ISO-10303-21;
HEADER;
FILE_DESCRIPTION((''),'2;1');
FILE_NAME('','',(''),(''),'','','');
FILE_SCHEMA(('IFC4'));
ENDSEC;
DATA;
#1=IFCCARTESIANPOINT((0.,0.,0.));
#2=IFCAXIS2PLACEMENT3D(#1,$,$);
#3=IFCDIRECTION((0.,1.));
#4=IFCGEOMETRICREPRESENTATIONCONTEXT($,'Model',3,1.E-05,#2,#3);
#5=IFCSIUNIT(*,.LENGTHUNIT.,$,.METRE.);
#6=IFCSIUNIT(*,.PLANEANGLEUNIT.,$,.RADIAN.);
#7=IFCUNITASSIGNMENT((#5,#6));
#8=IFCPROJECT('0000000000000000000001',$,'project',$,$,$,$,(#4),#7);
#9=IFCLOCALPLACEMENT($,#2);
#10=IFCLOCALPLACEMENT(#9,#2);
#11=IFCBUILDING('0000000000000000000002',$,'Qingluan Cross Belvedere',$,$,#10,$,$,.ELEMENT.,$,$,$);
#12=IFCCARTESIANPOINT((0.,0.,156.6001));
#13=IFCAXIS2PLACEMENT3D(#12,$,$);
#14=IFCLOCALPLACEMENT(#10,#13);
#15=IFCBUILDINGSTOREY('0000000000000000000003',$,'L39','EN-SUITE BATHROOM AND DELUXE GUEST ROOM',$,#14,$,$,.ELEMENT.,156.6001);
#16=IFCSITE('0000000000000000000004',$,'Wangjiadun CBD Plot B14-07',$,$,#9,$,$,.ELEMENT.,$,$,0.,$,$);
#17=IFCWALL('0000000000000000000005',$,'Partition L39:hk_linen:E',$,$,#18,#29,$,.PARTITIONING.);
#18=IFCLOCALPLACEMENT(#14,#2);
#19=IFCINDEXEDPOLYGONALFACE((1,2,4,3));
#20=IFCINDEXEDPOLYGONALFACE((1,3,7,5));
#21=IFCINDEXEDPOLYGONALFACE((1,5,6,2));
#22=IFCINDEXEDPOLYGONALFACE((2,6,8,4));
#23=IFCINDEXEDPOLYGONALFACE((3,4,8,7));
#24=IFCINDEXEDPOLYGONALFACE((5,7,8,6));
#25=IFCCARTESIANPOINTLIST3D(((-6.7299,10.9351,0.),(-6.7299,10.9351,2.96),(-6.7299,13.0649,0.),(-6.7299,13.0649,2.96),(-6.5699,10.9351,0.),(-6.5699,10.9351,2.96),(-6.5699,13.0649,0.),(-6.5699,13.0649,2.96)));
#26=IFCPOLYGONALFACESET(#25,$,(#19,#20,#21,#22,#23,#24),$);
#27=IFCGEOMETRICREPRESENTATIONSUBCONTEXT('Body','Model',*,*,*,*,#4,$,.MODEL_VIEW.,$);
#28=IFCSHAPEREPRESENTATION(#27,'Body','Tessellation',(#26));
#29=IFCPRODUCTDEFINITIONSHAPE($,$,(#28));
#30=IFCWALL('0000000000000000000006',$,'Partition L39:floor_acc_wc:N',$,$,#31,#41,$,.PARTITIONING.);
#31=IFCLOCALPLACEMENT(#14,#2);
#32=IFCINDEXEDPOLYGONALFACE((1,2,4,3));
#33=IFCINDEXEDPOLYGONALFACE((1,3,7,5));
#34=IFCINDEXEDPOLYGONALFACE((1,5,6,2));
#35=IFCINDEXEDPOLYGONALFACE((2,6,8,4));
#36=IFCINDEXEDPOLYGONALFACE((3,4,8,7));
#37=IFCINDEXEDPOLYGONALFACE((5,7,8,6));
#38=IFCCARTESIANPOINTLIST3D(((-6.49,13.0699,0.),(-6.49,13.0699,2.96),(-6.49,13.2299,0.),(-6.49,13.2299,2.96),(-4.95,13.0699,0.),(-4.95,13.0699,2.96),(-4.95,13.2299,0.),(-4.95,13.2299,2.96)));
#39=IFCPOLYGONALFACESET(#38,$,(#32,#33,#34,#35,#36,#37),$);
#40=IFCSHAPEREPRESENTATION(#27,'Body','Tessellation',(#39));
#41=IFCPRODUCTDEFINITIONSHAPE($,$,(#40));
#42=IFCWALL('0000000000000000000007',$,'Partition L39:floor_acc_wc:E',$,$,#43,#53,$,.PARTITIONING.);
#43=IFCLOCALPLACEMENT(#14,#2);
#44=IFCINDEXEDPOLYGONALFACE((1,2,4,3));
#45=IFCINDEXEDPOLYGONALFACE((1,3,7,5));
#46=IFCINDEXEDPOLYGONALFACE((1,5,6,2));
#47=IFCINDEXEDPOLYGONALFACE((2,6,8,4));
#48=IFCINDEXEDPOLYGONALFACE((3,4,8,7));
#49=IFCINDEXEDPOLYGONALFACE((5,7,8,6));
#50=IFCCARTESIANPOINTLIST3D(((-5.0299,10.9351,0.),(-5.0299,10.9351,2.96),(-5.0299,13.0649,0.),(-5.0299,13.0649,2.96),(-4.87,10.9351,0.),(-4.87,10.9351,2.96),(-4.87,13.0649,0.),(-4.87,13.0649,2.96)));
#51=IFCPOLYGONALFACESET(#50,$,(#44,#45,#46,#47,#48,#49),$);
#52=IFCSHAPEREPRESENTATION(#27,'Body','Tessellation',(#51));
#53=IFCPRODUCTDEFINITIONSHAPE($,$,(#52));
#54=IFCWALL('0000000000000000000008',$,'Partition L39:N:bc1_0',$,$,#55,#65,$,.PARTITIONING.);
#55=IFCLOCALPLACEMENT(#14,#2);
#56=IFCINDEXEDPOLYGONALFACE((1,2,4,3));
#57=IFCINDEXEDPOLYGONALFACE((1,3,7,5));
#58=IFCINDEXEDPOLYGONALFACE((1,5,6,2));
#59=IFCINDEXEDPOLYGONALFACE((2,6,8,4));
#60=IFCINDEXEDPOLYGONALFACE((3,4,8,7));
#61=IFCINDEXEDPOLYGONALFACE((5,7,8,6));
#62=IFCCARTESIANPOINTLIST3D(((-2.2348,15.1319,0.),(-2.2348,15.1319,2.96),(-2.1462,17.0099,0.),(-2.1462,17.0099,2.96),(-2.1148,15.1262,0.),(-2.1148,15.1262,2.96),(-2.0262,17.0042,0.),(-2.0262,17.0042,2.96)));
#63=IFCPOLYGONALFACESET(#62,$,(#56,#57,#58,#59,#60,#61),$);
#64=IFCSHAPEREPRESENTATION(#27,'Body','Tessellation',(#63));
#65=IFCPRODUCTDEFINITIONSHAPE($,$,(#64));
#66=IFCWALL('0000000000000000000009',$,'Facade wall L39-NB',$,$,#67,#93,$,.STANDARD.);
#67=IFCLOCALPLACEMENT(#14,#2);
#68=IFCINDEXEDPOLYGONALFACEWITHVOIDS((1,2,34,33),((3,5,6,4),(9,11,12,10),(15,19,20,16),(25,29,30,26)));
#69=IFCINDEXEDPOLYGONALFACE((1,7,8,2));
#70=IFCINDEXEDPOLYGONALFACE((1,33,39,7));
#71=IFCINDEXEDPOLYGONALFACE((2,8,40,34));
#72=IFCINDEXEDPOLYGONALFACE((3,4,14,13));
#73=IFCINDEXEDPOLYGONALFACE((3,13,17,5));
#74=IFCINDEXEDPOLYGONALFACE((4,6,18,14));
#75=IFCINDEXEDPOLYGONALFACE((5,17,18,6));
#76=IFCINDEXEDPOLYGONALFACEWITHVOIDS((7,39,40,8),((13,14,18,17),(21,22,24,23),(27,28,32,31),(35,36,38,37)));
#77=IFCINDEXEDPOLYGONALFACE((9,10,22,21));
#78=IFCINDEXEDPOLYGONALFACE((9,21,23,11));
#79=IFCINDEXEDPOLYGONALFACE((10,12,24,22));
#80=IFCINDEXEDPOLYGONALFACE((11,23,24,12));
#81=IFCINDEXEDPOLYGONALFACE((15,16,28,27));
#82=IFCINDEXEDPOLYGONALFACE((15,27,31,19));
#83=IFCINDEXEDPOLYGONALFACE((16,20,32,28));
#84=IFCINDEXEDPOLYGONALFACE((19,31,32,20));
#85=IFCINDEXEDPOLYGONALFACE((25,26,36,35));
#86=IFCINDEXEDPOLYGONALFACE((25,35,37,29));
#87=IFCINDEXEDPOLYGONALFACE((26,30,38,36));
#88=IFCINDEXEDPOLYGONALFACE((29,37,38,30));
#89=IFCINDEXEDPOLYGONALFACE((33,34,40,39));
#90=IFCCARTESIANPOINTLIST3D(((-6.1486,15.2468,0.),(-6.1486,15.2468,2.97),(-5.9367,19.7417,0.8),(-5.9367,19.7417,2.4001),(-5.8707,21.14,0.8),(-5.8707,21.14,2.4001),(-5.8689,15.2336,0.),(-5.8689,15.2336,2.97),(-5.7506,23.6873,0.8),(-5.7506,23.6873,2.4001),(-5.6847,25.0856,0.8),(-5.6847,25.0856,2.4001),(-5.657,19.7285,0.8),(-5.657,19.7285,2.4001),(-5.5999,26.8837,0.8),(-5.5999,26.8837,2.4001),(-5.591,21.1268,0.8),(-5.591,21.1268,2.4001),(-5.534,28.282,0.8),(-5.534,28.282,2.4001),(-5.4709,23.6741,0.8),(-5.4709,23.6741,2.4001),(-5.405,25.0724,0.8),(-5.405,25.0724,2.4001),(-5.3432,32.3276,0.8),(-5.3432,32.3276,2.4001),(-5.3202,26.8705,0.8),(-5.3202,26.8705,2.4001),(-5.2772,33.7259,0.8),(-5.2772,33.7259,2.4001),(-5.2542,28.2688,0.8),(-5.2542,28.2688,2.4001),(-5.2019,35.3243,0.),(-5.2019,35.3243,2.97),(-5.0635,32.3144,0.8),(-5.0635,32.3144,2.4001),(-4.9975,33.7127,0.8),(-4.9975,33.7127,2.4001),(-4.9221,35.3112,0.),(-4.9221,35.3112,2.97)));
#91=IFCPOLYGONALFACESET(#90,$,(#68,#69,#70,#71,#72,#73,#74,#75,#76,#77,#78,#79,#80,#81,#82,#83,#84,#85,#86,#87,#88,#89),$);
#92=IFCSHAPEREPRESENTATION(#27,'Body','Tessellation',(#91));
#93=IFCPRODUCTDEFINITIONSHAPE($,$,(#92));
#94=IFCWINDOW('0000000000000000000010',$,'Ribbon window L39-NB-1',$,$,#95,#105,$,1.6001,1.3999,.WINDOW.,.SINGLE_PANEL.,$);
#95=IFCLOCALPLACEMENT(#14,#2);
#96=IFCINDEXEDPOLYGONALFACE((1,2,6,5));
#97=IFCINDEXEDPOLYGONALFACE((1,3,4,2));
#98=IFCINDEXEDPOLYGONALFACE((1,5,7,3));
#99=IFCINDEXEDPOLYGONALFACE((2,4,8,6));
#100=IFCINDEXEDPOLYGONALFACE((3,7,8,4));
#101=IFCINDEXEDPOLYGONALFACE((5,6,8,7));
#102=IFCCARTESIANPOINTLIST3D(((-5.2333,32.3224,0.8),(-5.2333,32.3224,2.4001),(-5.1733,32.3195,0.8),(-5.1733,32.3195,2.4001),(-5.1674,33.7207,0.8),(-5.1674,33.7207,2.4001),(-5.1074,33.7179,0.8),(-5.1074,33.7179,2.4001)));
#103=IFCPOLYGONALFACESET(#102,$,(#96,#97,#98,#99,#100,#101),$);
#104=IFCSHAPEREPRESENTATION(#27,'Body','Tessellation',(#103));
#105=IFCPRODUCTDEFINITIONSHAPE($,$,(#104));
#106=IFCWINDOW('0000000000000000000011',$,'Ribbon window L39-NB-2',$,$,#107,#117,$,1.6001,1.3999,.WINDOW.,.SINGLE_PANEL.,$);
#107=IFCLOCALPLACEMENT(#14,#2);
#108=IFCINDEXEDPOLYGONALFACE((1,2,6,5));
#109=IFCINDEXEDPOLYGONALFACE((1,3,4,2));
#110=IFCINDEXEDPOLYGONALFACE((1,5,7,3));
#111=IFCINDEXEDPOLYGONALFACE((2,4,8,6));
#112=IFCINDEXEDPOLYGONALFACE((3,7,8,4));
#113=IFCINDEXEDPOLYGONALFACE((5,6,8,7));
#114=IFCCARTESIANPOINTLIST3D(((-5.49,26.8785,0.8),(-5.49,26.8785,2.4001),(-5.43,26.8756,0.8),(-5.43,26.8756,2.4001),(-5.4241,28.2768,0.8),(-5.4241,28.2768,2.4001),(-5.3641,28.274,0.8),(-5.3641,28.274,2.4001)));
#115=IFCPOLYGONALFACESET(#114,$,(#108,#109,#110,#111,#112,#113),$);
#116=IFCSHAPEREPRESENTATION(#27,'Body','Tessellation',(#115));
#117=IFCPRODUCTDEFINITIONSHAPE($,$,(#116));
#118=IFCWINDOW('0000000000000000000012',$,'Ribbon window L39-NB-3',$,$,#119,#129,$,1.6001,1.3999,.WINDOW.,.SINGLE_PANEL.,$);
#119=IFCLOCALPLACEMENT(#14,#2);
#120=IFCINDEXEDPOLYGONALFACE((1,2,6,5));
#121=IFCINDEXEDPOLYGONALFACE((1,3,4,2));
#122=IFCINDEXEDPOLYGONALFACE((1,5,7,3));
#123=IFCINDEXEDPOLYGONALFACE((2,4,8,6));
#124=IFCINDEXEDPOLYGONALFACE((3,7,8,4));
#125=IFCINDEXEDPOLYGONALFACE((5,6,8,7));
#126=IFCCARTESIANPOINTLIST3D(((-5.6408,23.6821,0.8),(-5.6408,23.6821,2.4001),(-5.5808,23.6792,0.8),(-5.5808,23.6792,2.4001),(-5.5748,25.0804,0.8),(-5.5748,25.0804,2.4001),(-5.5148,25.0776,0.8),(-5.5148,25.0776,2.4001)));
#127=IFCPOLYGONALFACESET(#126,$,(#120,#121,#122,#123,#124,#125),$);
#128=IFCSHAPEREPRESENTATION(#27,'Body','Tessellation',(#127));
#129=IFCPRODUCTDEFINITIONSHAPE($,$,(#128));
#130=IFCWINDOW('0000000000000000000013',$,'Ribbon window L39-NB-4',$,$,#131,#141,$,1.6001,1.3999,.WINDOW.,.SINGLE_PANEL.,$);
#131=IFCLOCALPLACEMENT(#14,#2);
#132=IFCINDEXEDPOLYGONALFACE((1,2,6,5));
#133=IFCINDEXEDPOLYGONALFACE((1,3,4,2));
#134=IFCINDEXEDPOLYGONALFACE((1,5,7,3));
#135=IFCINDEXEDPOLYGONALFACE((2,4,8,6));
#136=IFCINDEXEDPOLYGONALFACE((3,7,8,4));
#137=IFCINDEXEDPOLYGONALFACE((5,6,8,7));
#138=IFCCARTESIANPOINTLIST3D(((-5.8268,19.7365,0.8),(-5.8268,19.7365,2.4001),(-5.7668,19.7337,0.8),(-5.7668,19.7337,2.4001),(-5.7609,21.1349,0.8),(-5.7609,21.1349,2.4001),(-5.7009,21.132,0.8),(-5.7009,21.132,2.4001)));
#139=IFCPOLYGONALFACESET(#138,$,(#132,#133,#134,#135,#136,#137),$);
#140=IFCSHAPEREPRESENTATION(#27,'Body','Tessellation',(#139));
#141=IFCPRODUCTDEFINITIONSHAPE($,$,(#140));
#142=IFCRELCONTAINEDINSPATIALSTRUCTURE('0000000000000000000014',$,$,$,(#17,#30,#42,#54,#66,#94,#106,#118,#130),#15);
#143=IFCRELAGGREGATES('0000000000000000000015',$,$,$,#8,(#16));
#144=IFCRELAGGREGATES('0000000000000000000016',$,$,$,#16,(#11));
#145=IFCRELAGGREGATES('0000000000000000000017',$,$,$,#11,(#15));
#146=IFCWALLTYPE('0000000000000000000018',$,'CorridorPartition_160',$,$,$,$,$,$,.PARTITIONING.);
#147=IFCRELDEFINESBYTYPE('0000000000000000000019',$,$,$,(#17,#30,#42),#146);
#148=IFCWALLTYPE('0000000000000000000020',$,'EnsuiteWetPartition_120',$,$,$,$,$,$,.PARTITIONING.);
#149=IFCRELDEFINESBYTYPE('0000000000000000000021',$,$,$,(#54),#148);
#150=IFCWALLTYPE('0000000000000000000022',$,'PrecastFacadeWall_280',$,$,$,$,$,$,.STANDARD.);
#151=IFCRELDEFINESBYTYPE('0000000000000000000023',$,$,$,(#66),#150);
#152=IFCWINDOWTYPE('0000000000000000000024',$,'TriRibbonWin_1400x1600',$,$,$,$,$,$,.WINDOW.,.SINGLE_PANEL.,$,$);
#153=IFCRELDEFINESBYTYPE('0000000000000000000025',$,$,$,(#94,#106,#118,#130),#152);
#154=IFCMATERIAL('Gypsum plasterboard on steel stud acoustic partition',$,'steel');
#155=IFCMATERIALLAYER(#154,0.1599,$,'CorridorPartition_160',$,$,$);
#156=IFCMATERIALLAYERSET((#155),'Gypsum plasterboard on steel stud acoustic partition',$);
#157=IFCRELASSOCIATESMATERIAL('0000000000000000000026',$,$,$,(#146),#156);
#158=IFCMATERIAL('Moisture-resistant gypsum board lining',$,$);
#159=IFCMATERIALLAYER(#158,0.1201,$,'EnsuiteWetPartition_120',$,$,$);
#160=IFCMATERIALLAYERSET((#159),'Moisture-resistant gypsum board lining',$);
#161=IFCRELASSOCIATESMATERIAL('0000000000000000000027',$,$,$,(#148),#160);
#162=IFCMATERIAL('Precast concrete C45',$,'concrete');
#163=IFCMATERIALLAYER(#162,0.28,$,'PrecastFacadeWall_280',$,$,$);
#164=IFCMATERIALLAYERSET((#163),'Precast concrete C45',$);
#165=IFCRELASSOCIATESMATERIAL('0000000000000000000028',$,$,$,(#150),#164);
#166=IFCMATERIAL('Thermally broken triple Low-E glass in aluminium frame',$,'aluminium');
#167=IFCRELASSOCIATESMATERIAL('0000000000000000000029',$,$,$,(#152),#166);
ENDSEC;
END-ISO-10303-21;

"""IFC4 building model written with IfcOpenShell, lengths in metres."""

from ifc_helpers import new_model, si_unit, direction, frame, frame_2d, origin, place, context, subcontext, project, spatial, rectangle, extrude, material, layer, layer_set, type_object, element, fill, save


model = new_model("IFC4")

# Units and contexts
model_context = context("Model", 3, precision=1e-05, world=origin(), true_north=direction((0.0, 1.0)))
body_context = subcontext(model_context, "Body", "Model", "MODEL_VIEW")
ifc_project = project(units=[si_unit("LENGTHUNIT", "METRE"), si_unit("PLANEANGLEUNIT", "RADIAN")], contexts=[model_context])

# Site, building, storey
site_placement = place(None, origin())
site = spatial("IfcSite", under=ifc_project, at=site_placement, Name="Wangjiadun CBD Plot B14-07", CompositionType="ELEMENT", RefElevation=0.0)
building_placement = place(site_placement, origin())
building = spatial("IfcBuilding", under=site, at=building_placement, Name="Qingluan Cross Belvedere", CompositionType="ELEMENT")
storey_placement = place(building_placement, frame((0.0, 0.0, 156.6001)))
storey = spatial("IfcBuildingStorey", under=building, at=storey_placement, Name="L39", Description="EN-SUITE BATHROOM AND DELUXE GUEST ROOM", CompositionType="ELEMENT", Elevation=156.6001)

# Shared definitions
ifc_material_1 = material(Name="Gypsum plasterboard on steel stud acoustic partition", Category="steel")
ifc_layer_1 = layer(ifc_material_1, 0.1599, Name="CorridorPartition_160")
ifc_layer_set_1 = layer_set([ifc_layer_1], Name="Gypsum plasterboard on steel stud acoustic partition")
wall_type_1 = type_object("IfcWallType", Name="CorridorPartition_160", PredefinedType="PARTITIONING", material=ifc_layer_set_1)

# Wall
wall_1_placement = place(storey_placement, frame((-6.6499, 10.9351, 0.0), z_axis=(0.0, 0.0, 1.0), x_axis=(0.0, 1.0, 0.0)))
element("IfcWall", 1, at=wall_1_placement, inside=storey, type_object=wall_type_1, Name="Partition L39:hk_linen:E", PredefinedType="PARTITIONING", context=body_context, shape_type="SweptSolid", body=[
    extrude(rectangle(XDim=2.1299, YDim=0.1599, at=frame_2d((1.0649, 0.0))), origin(), (0.0, 0.0, 1.0), 2.96),
])

# Walls
wall_2_placement = place(storey_placement, frame((-6.49, 13.1499, 0.0), z_axis=(0.0, 0.0, 1.0), x_axis=(1.0, 0.0, 0.0)))
element("IfcWall", 2, at=wall_2_placement, inside=storey, type_object=wall_type_1, Name="Partition L39:floor_acc_wc:N", PredefinedType="PARTITIONING", context=body_context, shape_type="SweptSolid", body=[
    extrude(rectangle(XDim=1.54, YDim=0.1599, at=frame_2d((0.77, 0.0))), origin(), (0.0, 0.0, 1.0), 2.96),
])
wall_3_placement = place(storey_placement, frame((-4.95, 10.9351, 0.0), z_axis=(0.0, 0.0, 1.0), x_axis=(0.0, 1.0, 0.0)))
element("IfcWall", 3, at=wall_3_placement, inside=storey, type_object=wall_type_1, Name="Partition L39:floor_acc_wc:E", PredefinedType="PARTITIONING", context=body_context, shape_type="SweptSolid", body=[
    extrude(rectangle(XDim=2.1299, YDim=0.1599, at=frame_2d((1.0649, 0.0))), origin(), (0.0, 0.0, 1.0), 2.96),
])
ifc_material_2 = material(Name="Moisture-resistant gypsum board lining")
ifc_layer_2 = layer(ifc_material_2, 0.1201, Name="EnsuiteWetPartition_120")
ifc_layer_set_2 = layer_set([ifc_layer_2], Name="Moisture-resistant gypsum board lining")
wall_type_2 = type_object("IfcWallType", Name="EnsuiteWetPartition_120", PredefinedType="PARTITIONING", material=ifc_layer_set_2)
wall_4_placement = place(storey_placement, frame((-2.1748, 15.1292, 0.0), z_axis=(0.0, 0.0, 1.0), x_axis=(0.047139, 0.998888, 0.0)))
element("IfcWall", 4, at=wall_4_placement, inside=storey, type_object=wall_type_2, Name="Partition L39:N:bc1_0", PredefinedType="PARTITIONING", context=body_context, shape_type="SweptSolid", body=[
    extrude(rectangle(XDim=1.8801, YDim=0.1201, at=frame_2d((0.9399, 0.0))), origin(), (0.0, 0.0, 1.0), 2.96),
])

# Wall, openings, windows
ifc_material_3 = material(Name="Precast concrete C45", Category="concrete")
ifc_layer_3 = layer(ifc_material_3, 0.28, Name="PrecastFacadeWall_280")
ifc_layer_set_3 = layer_set([ifc_layer_3], Name="Precast concrete C45")
wall_type_3 = type_object("IfcWallType", Name="PrecastFacadeWall_280", PredefinedType="STANDARD", material=ifc_layer_set_3)
wall_5_placement = place(storey_placement, frame((-5.062, 35.3176, 0.0), z_axis=(0.0, 0.0, 1.0), x_axis=(-0.047103, -0.99889, 0.0)))
wall_5 = element("IfcWall", 5, at=wall_5_placement, inside=storey, type_object=wall_type_3, Name="Facade wall L39-NB", PredefinedType="STANDARD", context=body_context, shape_type="SweptSolid", body=[
    extrude(rectangle(XDim=20.0999, YDim=0.28, at=frame_2d((10.0498, 0.0))), origin(), (0.0, 0.0, 1.0), 2.97),
])
opening_1_placement = place(wall_5_placement, frame((1.6001, 0.0, 0.8)))
opening_1 = element("IfcOpeningElement", 6, at=opening_1_placement, cuts=wall_5, PredefinedType="OPENING", context=body_context, shape_type="SweptSolid", body=[
    extrude(rectangle(XDim=1.3999, YDim=1.6001, at=frame_2d((0.7, 0.8))), frame((0.0, 0.1499, 0.0), z_axis=(0.0, -1.0, 0.0), x_axis=(1.0, 0.0, 0.0)), (0.0, 0.0, 1.0), 0.3),
])
opening_2_placement = place(wall_5_placement, frame((7.05, 0.0, 0.8)))
opening_2 = element("IfcOpeningElement", 7, at=opening_2_placement, cuts=wall_5, PredefinedType="OPENING", context=body_context, shape_type="SweptSolid", body=[
    extrude(rectangle(XDim=1.3999, YDim=1.6001, at=frame_2d((0.7, 0.8))), frame((0.0, 0.1499, 0.0), z_axis=(0.0, -1.0, 0.0), x_axis=(1.0, 0.0, 0.0)), (0.0, 0.0, 1.0), 0.3),
])
opening_3_placement = place(wall_5_placement, frame((10.25, 0.0, 0.8)))
opening_3 = element("IfcOpeningElement", 8, at=opening_3_placement, cuts=wall_5, PredefinedType="OPENING", context=body_context, shape_type="SweptSolid", body=[
    extrude(rectangle(XDim=1.3999, YDim=1.6001, at=frame_2d((0.7, 0.8))), frame((0.0, 0.1499, 0.0), z_axis=(0.0, -1.0, 0.0), x_axis=(1.0, 0.0, 0.0)), (0.0, 0.0, 1.0), 0.3),
])
opening_4_placement = place(wall_5_placement, frame((14.2, 0.0, 0.8)))
opening_4 = element("IfcOpeningElement", 9, at=opening_4_placement, cuts=wall_5, PredefinedType="OPENING", context=body_context, shape_type="SweptSolid", body=[
    extrude(rectangle(XDim=1.3999, YDim=1.6001, at=frame_2d((0.7, 0.8))), frame((0.0, 0.1499, 0.0), z_axis=(0.0, -1.0, 0.0), x_axis=(1.0, 0.0, 0.0)), (0.0, 0.0, 1.0), 0.3),
])
ifc_material_4 = material(Name="Thermally broken triple Low-E glass in aluminium frame", Category="aluminium")
window_type = type_object("IfcWindowType", Name="TriRibbonWin_1400x1600", PartitioningType="SINGLE_PANEL", PredefinedType="WINDOW", material=ifc_material_4)
window_1_placement = place(opening_1_placement, origin())
window_1 = element("IfcWindow", 10, at=window_1_placement, inside=storey, type_object=window_type, Name="Ribbon window L39-NB-1", OverallHeight=1.6001, OverallWidth=1.3999, PartitioningType="SINGLE_PANEL", PredefinedType="WINDOW", context=body_context, shape_type="SweptSolid", body=[
    extrude(rectangle(XDim=1.3999, YDim=1.6001, at=frame_2d((0.7, 0.8))), frame((0.0, 0.03, 0.0), z_axis=(0.0, -1.0, 0.0), x_axis=(1.0, 0.0, 0.0)), (0.0, 0.0, 1.0), 0.0601),
])
fill(opening_1, window_1)
window_2_placement = place(opening_2_placement, origin())
window_2 = element("IfcWindow", 11, at=window_2_placement, inside=storey, type_object=window_type, Name="Ribbon window L39-NB-2", OverallHeight=1.6001, OverallWidth=1.3999, PartitioningType="SINGLE_PANEL", PredefinedType="WINDOW", context=body_context, shape_type="SweptSolid", body=[
    extrude(rectangle(XDim=1.3999, YDim=1.6001, at=frame_2d((0.7, 0.8))), frame((0.0, 0.03, 0.0), z_axis=(0.0, -1.0, 0.0), x_axis=(1.0, 0.0, 0.0)), (0.0, 0.0, 1.0), 0.0601),
])
fill(opening_2, window_2)
window_3_placement = place(opening_3_placement, origin())
window_3 = element("IfcWindow", 12, at=window_3_placement, inside=storey, type_object=window_type, Name="Ribbon window L39-NB-3", OverallHeight=1.6001, OverallWidth=1.3999, PartitioningType="SINGLE_PANEL", PredefinedType="WINDOW", context=body_context, shape_type="SweptSolid", body=[
    extrude(rectangle(XDim=1.3999, YDim=1.6001, at=frame_2d((0.7, 0.8))), frame((0.0, 0.03, 0.0), z_axis=(0.0, -1.0, 0.0), x_axis=(1.0, 0.0, 0.0)), (0.0, 0.0, 1.0), 0.0601),
])
fill(opening_3, window_3)
window_4_placement = place(opening_4_placement, origin())
window_4 = element("IfcWindow", 13, at=window_4_placement, inside=storey, type_object=window_type, Name="Ribbon window L39-NB-4", OverallHeight=1.6001, OverallWidth=1.3999, PartitioningType="SINGLE_PANEL", PredefinedType="WINDOW", context=body_context, shape_type="SweptSolid", body=[
    extrude(rectangle(XDim=1.3999, YDim=1.6001, at=frame_2d((0.7, 0.8))), frame((0.0, 0.03, 0.0), z_axis=(0.0, -1.0, 0.0), x_axis=(1.0, 0.0, 0.0)), (0.0, 0.0, 1.0), 0.0601),
])
fill(opening_4, window_4)

save(model, "model.ifc")
